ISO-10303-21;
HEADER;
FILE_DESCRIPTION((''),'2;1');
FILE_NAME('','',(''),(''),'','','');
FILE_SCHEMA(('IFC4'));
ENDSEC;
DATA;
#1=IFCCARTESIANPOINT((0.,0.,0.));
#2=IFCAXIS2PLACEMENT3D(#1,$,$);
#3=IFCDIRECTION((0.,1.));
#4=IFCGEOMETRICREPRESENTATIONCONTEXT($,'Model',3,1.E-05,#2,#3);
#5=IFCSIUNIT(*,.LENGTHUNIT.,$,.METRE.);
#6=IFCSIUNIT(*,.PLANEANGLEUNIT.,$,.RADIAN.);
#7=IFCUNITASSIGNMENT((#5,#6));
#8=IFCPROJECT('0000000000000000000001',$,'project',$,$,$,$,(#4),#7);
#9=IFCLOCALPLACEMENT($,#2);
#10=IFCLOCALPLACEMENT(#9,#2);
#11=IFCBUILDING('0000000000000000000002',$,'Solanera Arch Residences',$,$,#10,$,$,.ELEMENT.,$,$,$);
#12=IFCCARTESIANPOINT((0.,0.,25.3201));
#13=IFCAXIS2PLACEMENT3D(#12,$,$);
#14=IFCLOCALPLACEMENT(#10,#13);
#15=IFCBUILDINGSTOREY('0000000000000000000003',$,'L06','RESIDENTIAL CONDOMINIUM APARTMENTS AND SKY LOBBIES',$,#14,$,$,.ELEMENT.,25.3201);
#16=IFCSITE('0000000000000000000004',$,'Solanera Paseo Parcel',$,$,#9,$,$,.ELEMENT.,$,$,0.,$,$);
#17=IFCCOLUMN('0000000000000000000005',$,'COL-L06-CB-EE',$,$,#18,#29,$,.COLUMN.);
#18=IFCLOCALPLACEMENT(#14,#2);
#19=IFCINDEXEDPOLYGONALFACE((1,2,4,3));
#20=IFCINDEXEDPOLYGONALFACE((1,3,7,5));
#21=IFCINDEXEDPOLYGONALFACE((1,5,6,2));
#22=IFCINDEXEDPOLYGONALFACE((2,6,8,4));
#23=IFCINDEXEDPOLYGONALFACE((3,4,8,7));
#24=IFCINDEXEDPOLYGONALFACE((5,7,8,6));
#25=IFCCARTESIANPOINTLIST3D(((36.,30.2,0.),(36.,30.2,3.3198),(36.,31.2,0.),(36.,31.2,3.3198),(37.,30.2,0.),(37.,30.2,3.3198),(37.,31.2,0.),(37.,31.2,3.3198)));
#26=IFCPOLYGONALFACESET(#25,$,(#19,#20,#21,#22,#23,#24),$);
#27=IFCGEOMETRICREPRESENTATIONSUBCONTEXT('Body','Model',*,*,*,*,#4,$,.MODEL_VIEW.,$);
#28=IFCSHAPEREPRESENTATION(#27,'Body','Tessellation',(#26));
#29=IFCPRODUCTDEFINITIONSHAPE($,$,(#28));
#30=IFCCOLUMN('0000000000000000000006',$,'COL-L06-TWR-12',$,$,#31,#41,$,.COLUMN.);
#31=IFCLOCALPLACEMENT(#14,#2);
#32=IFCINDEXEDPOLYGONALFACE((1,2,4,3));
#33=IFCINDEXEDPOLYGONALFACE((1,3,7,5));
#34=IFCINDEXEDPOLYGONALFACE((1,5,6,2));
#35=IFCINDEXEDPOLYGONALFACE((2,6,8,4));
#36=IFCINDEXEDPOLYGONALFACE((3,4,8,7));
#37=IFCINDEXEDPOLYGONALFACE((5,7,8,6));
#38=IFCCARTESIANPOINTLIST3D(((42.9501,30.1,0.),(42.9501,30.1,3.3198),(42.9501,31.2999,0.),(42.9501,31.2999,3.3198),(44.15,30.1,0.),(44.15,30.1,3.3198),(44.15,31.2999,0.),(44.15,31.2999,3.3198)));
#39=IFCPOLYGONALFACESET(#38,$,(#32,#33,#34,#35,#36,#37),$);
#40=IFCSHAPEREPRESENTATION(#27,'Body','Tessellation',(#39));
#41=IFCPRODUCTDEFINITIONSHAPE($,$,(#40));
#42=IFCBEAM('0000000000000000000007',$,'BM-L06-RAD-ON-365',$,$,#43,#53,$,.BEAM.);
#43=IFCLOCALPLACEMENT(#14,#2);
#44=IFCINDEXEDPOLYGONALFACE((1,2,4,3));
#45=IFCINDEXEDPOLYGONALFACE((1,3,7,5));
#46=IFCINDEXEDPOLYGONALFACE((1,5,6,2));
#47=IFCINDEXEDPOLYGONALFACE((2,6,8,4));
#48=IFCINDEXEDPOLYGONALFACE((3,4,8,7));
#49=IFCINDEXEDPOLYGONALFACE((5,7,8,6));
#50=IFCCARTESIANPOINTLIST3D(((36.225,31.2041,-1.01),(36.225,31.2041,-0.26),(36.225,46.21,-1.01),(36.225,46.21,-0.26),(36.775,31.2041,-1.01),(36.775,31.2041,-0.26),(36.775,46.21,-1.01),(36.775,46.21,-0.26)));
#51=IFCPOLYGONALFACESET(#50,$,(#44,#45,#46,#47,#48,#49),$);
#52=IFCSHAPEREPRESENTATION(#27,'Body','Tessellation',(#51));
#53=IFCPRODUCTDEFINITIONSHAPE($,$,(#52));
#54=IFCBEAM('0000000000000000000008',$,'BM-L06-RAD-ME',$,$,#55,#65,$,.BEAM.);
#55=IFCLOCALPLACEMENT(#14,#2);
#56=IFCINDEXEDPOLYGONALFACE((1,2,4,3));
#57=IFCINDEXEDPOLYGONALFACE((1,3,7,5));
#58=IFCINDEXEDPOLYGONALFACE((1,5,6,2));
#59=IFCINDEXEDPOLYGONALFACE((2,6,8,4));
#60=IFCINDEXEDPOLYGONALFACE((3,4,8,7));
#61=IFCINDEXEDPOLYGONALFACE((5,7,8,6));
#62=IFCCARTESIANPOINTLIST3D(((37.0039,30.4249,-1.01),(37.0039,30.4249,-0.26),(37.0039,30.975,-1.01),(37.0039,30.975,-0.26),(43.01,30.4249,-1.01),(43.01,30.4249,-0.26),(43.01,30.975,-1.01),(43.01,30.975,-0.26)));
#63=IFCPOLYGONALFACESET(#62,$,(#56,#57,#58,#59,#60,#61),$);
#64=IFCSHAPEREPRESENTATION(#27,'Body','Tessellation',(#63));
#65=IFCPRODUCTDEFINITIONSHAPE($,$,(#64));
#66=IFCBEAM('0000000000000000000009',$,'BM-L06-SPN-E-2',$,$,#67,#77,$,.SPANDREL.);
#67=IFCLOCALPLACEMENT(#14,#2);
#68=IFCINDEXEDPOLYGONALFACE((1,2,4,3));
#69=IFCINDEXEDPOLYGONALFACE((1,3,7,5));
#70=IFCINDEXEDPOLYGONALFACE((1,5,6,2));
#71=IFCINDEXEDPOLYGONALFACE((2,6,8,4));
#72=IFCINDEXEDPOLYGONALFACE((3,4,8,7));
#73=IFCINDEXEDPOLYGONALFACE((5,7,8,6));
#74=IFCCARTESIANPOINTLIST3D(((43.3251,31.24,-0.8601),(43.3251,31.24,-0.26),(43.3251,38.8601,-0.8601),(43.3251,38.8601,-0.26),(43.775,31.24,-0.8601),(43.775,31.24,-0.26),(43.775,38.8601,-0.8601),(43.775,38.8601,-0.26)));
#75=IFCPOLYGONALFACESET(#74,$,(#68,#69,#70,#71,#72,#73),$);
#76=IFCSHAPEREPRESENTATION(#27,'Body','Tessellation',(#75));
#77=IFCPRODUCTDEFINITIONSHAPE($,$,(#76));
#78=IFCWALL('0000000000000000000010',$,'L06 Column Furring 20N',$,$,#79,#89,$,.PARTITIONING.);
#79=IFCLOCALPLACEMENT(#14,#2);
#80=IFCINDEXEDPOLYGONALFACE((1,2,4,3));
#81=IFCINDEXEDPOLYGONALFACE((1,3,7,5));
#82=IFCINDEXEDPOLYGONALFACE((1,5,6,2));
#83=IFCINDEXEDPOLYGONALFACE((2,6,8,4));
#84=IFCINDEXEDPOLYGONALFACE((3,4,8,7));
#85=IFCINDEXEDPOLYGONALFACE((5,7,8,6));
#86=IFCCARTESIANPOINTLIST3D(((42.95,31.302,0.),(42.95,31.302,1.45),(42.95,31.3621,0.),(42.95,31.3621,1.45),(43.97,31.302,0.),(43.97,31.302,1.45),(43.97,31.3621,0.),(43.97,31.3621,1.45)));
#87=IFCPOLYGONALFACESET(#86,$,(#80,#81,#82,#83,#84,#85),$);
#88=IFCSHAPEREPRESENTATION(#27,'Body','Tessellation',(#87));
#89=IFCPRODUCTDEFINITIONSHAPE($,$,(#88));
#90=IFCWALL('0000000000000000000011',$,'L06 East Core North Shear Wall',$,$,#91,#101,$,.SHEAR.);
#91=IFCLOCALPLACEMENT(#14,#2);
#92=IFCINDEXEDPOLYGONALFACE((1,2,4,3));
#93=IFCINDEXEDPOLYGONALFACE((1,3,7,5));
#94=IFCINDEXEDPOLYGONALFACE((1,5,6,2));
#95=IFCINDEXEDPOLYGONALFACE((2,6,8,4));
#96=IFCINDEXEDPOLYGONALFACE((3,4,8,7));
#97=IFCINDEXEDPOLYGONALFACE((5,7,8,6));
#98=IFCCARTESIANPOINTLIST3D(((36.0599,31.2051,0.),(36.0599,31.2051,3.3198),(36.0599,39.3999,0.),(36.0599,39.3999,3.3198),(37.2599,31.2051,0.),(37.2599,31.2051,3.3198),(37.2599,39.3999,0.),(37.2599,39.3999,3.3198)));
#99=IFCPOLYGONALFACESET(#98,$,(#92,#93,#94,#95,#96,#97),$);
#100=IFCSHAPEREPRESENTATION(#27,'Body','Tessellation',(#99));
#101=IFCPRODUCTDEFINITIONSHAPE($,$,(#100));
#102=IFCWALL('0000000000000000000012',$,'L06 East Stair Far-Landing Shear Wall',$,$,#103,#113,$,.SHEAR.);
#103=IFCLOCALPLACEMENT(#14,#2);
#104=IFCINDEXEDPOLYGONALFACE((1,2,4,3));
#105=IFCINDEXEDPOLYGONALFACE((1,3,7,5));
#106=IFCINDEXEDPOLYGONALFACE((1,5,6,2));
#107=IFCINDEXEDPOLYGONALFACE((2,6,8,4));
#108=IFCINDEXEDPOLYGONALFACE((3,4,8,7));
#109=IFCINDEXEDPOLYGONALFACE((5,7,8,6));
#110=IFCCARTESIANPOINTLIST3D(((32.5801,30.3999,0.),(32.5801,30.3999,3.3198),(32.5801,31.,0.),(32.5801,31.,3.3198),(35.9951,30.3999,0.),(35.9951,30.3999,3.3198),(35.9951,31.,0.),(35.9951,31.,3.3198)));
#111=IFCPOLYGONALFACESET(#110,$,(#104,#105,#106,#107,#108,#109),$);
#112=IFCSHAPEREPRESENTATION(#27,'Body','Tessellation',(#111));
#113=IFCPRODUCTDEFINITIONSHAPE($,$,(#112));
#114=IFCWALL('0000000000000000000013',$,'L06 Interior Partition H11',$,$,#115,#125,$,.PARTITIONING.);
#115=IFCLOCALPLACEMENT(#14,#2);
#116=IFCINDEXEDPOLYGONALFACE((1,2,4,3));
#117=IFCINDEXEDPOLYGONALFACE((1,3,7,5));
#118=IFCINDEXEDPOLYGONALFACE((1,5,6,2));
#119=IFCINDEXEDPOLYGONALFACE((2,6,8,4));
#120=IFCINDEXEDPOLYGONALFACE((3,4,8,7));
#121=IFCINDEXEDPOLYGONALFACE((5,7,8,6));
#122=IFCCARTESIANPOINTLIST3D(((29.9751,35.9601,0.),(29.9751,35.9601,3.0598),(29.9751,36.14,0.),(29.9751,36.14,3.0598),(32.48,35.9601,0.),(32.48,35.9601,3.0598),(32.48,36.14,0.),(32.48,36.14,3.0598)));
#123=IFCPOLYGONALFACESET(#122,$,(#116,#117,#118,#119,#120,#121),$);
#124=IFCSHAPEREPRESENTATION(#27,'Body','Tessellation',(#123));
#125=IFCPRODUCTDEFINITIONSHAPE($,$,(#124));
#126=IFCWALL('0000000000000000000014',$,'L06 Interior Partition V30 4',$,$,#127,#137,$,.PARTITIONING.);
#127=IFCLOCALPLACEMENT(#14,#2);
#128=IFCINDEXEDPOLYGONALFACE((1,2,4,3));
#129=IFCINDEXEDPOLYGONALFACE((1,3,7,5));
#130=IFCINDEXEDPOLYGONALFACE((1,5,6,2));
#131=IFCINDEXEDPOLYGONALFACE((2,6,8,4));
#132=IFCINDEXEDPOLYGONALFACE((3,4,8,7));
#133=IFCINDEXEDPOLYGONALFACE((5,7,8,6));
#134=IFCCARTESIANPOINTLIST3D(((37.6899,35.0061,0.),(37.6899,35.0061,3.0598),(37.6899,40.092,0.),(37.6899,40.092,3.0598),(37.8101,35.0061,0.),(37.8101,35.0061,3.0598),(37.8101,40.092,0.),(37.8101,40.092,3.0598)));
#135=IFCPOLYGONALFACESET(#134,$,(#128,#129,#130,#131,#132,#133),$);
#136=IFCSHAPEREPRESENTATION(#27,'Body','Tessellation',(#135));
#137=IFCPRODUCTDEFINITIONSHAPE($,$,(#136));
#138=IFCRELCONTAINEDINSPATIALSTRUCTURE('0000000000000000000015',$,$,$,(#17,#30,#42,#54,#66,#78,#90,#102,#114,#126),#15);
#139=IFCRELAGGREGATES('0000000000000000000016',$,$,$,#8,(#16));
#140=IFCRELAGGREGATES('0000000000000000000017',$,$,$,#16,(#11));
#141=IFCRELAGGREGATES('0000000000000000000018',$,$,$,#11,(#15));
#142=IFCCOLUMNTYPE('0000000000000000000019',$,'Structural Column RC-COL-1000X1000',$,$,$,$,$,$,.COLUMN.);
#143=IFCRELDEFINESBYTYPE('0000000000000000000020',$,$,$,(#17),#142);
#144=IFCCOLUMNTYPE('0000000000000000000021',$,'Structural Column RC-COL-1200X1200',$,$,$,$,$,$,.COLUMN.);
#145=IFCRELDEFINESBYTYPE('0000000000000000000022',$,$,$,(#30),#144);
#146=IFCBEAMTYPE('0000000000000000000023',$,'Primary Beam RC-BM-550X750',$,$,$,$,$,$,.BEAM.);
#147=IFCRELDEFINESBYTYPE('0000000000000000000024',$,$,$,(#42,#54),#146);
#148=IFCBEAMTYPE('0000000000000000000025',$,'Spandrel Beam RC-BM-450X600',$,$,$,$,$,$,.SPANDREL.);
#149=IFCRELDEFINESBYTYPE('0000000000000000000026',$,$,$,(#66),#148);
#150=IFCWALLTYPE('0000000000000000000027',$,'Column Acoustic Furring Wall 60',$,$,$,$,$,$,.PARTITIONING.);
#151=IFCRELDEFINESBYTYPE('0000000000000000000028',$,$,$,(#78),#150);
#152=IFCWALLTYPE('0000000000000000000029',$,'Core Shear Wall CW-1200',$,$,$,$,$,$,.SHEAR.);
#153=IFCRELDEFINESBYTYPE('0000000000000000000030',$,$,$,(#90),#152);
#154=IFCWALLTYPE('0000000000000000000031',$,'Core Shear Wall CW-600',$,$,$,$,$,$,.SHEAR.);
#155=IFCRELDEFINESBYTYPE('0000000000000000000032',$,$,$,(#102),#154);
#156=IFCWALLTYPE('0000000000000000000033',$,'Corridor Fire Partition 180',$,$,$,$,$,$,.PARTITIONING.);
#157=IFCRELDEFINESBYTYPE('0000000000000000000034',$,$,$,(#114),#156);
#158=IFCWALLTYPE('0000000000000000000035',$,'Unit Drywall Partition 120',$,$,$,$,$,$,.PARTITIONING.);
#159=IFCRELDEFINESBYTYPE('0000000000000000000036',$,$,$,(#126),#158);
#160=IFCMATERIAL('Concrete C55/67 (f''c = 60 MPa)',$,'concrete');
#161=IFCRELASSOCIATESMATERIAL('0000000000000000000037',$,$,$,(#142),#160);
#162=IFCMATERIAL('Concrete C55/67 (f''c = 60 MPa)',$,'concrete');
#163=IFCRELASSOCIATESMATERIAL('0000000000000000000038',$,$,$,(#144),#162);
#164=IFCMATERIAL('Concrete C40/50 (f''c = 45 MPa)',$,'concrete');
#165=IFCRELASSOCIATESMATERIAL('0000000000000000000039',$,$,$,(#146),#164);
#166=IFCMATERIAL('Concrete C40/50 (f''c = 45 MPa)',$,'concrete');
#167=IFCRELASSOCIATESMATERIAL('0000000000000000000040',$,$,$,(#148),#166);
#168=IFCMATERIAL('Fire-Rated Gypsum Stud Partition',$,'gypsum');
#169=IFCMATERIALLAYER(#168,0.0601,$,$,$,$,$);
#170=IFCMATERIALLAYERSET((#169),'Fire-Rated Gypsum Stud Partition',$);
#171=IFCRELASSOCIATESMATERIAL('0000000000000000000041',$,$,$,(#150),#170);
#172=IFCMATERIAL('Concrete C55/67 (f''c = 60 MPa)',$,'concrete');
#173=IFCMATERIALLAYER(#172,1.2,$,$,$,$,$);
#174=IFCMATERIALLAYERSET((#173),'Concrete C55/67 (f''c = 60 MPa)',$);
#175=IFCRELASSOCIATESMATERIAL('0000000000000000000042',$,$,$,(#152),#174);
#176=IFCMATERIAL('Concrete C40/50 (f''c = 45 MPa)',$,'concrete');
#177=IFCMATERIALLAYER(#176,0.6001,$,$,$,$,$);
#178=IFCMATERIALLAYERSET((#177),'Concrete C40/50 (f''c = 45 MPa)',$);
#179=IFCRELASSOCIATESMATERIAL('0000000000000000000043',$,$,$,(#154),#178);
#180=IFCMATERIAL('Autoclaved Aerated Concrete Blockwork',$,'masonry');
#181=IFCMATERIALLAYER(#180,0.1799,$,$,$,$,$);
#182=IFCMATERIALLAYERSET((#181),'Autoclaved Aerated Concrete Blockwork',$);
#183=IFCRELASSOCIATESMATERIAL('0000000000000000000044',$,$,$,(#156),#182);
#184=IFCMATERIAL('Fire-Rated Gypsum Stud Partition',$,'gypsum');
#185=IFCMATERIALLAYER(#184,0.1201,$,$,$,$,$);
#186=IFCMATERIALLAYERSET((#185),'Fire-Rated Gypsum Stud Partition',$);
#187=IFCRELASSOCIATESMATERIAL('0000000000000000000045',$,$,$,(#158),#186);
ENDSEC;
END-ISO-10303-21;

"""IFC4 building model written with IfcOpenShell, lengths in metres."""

from ifc_helpers import new_model, si_unit, direction, frame, frame_2d, origin, origin_2d, place, context, subcontext, project, spatial, rectangle, extrude, material, layer, layer_set, material_profile, profile_set, type_object, element, save


model = new_model("IFC4")

# Units and contexts
model_context = context("Model", 3, precision=1e-05, world=origin(), true_north=direction((0.0, 1.0)))
body_context = subcontext(model_context, "Body", "Model", "MODEL_VIEW")
ifc_project = project(units=[si_unit("LENGTHUNIT", "METRE"), si_unit("PLANEANGLEUNIT", "RADIAN")], contexts=[model_context])

# Site, building, storey
site_placement = place(None, origin())
site = spatial("IfcSite", under=ifc_project, at=site_placement, Name="Solanera Paseo Parcel", CompositionType="ELEMENT", RefElevation=0.0)
building_placement = place(site_placement, origin())
building = spatial("IfcBuilding", under=site, at=building_placement, Name="Solanera Arch Residences", CompositionType="ELEMENT")
storey_placement = place(building_placement, frame((0.0, 0.0, 25.3201)))
storey = spatial("IfcBuildingStorey", under=building, at=storey_placement, Name="L06", Description="RESIDENTIAL CONDOMINIUM APARTMENTS AND SKY LOBBIES", CompositionType="ELEMENT", Elevation=25.3201)

# Columns
ifc_material_1 = material(Name="Concrete C55/67 (f'c = 60 MPa)", Category="concrete")
ifc_material_profile_1 = material_profile(ifc_material_1, rectangle(XDim=1.0, YDim=1.0, at=origin_2d()))
ifc_profile_set_1 = profile_set([ifc_material_profile_1], Name="Concrete C55/67 (f'c = 60 MPa)")
column_type_1 = type_object("IfcColumnType", Name="Structural Column RC-COL-1000X1000", PredefinedType="COLUMN", material=ifc_profile_set_1)
column_1_placement = place(storey_placement, frame((36.5, 30.7, 0.0), z_axis=(0.0, 0.0, 1.0), x_axis=(1.0, 0.0, 0.0)))
element("IfcColumn", 1, at=column_1_placement, inside=storey, type_object=column_type_1, Name="COL-L06-CB-EE", PredefinedType="COLUMN", context=body_context, shape_type="SweptSolid", body=[
    extrude(rectangle(XDim=1.0, YDim=1.0, at=origin_2d()), origin(), (0.0, 0.0, 1.0), 3.3198),
])
ifc_material_2 = material(Name="Concrete C55/67 (f'c = 60 MPa)", Category="concrete")
ifc_material_profile_2 = material_profile(ifc_material_2, rectangle(XDim=1.2, YDim=1.2, at=origin_2d()))
ifc_profile_set_2 = profile_set([ifc_material_profile_2], Name="Concrete C55/67 (f'c = 60 MPa)")
column_type_2 = type_object("IfcColumnType", Name="Structural Column RC-COL-1200X1200", PredefinedType="COLUMN", material=ifc_profile_set_2)
column_2_placement = place(storey_placement, frame((43.55, 30.7, 0.0), z_axis=(0.0, 0.0, 1.0), x_axis=(1.0, 0.0, 0.0)))
element("IfcColumn", 2, at=column_2_placement, inside=storey, type_object=column_type_2, Name="COL-L06-TWR-12", PredefinedType="COLUMN", context=body_context, shape_type="SweptSolid", body=[
    extrude(rectangle(XDim=1.2, YDim=1.2, at=origin_2d()), origin(), (0.0, 0.0, 1.0), 3.3198),
])

# Beams
ifc_material_3 = material(Name="Concrete C40/50 (f'c = 45 MPa)", Category="concrete")
ifc_material_profile_3 = material_profile(ifc_material_3, rectangle(XDim=0.55, YDim=0.75, at=origin_2d()))
ifc_profile_set_3 = profile_set([ifc_material_profile_3], Name="Concrete C40/50 (f'c = 45 MPa)")
beam_type_1 = type_object("IfcBeamType", Name="Primary Beam RC-BM-550X750", PredefinedType="BEAM", material=ifc_profile_set_3)
beam_1_placement = place(storey_placement, frame((36.5, 31.2041, -0.635), z_axis=(0.0, 1.0, 0.0), x_axis=(-1.0, 0.0, 0.0)))
element("IfcBeam", 3, at=beam_1_placement, inside=storey, type_object=beam_type_1, Name="BM-L06-RAD-ON-365", PredefinedType="BEAM", context=body_context, shape_type="SweptSolid", body=[
    extrude(rectangle(XDim=0.55, YDim=0.75, at=origin_2d()), origin(), (0.0, 0.0, 1.0), 15.0059),
])
beam_2_placement = place(storey_placement, frame((37.0039, 30.7, -0.635), z_axis=(1.0, 0.0, 0.0), x_axis=(0.0, 1.0, 0.0)))
element("IfcBeam", 4, at=beam_2_placement, inside=storey, type_object=beam_type_1, Name="BM-L06-RAD-ME", PredefinedType="BEAM", context=body_context, shape_type="SweptSolid", body=[
    extrude(rectangle(XDim=0.55, YDim=0.75, at=origin_2d()), origin(), (0.0, 0.0, 1.0), 6.0061),
])
ifc_material_4 = material(Name="Concrete C40/50 (f'c = 45 MPa)", Category="concrete")
ifc_material_profile_4 = material_profile(ifc_material_4, rectangle(XDim=0.45, YDim=0.6001, at=origin_2d()))
ifc_profile_set_4 = profile_set([ifc_material_profile_4], Name="Concrete C40/50 (f'c = 45 MPa)")
beam_type_2 = type_object("IfcBeamType", Name="Spandrel Beam RC-BM-450X600", PredefinedType="SPANDREL", material=ifc_profile_set_4)
beam_3_placement = place(storey_placement, frame((43.55, 31.24, -0.5601), z_axis=(0.0, 1.0, 0.0), x_axis=(-1.0, 0.0, 0.0)))
element("IfcBeam", 5, at=beam_3_placement, inside=storey, type_object=beam_type_2, Name="BM-L06-SPN-E-2", PredefinedType="SPANDREL", context=body_context, shape_type="SweptSolid", body=[
    extrude(rectangle(XDim=0.45, YDim=0.6001, at=origin_2d()), origin(), (0.0, 0.0, 1.0), 7.6201),
])

# Walls
ifc_material_5 = material(Name="Fire-Rated Gypsum Stud Partition", Category="gypsum")
ifc_layer_1 = layer(ifc_material_5, 0.0601)
ifc_layer_set_1 = layer_set([ifc_layer_1], Name="Fire-Rated Gypsum Stud Partition")
wall_type_1 = type_object("IfcWallType", Name="Column Acoustic Furring Wall 60", PredefinedType="PARTITIONING", material=ifc_layer_set_1)
wall_1_placement = place(storey_placement, frame((42.95, 31.332, 0.0), z_axis=(0.0, 0.0, 1.0), x_axis=(1.0, 0.0, 0.0)))
element("IfcWall", 6, at=wall_1_placement, inside=storey, type_object=wall_type_1, Name="L06 Column Furring 20N", PredefinedType="PARTITIONING", context=body_context, shape_type="SweptSolid", body=[
    extrude(rectangle(XDim=1.02, YDim=0.0601, at=frame_2d((0.51, 0.0))), origin(), (0.0, 0.0, 1.0), 1.45),
])
ifc_material_6 = material(Name="Concrete C55/67 (f'c = 60 MPa)", Category="concrete")
ifc_layer_2 = layer(ifc_material_6, 1.2)
ifc_layer_set_2 = layer_set([ifc_layer_2], Name="Concrete C55/67 (f'c = 60 MPa)")
wall_type_2 = type_object("IfcWallType", Name="Core Shear Wall CW-1200", PredefinedType="SHEAR", material=ifc_layer_set_2)
wall_2_placement = place(storey_placement, frame((36.6599, 31.2051, 0.0), z_axis=(0.0, 0.0, 1.0), x_axis=(0.0, 1.0, 0.0)))
element("IfcWall", 7, at=wall_2_placement, inside=storey, type_object=wall_type_2, Name="L06 East Core North Shear Wall", PredefinedType="SHEAR", context=body_context, shape_type="SweptSolid", body=[
    extrude(rectangle(XDim=8.1948, YDim=1.2, at=frame_2d((4.0974, 0.0))), origin(), (0.0, 0.0, 1.0), 3.3198),
])

# Walls
ifc_material_7 = material(Name="Concrete C40/50 (f'c = 45 MPa)", Category="concrete")
ifc_layer_3 = layer(ifc_material_7, 0.6001)
ifc_layer_set_3 = layer_set([ifc_layer_3], Name="Concrete C40/50 (f'c = 45 MPa)")
wall_type_3 = type_object("IfcWallType", Name="Core Shear Wall CW-600", PredefinedType="SHEAR", material=ifc_layer_set_3)
wall_3_placement = place(storey_placement, frame((32.5801, 30.7, 0.0), z_axis=(0.0, 0.0, 1.0), x_axis=(1.0, 0.0, 0.0)))
element("IfcWall", 8, at=wall_3_placement, inside=storey, type_object=wall_type_3, Name="L06 East Stair Far-Landing Shear Wall", PredefinedType="SHEAR", context=body_context, shape_type="SweptSolid", body=[
    extrude(rectangle(XDim=3.415, YDim=0.6001, at=frame_2d((1.7075, 0.0))), origin(), (0.0, 0.0, 1.0), 3.3198),
])
ifc_material_8 = material(Name="Autoclaved Aerated Concrete Blockwork", Category="masonry")
ifc_layer_4 = layer(ifc_material_8, 0.1799)
ifc_layer_set_4 = layer_set([ifc_layer_4], Name="Autoclaved Aerated Concrete Blockwork")
wall_type_4 = type_object("IfcWallType", Name="Corridor Fire Partition 180", PredefinedType="PARTITIONING", material=ifc_layer_set_4)
wall_4_placement = place(storey_placement, frame((29.9751, 36.05, 0.0), z_axis=(0.0, 0.0, 1.0), x_axis=(1.0, 0.0, 0.0)))
element("IfcWall", 9, at=wall_4_placement, inside=storey, type_object=wall_type_4, Name="L06 Interior Partition H11", PredefinedType="PARTITIONING", context=body_context, shape_type="SweptSolid", body=[
    extrude(rectangle(XDim=2.5049, YDim=0.1799, at=frame_2d((1.2524, 0.0))), origin(), (0.0, 0.0, 1.0), 3.0598),
])
ifc_material_9 = material(Name="Fire-Rated Gypsum Stud Partition", Category="gypsum")
ifc_layer_5 = layer(ifc_material_9, 0.1201)
ifc_layer_set_5 = layer_set([ifc_layer_5], Name="Fire-Rated Gypsum Stud Partition")
wall_type_5 = type_object("IfcWallType", Name="Unit Drywall Partition 120", PredefinedType="PARTITIONING", material=ifc_layer_set_5)
wall_5_placement = place(storey_placement, frame((37.75, 35.0061, 0.0), z_axis=(0.0, 0.0, 1.0), x_axis=(0.0, 1.0, 0.0)))
element("IfcWall", 10, at=wall_5_placement, inside=storey, type_object=wall_type_5, Name="L06 Interior Partition V30 4", PredefinedType="PARTITIONING", context=body_context, shape_type="SweptSolid", body=[
    extrude(rectangle(XDim=5.0859, YDim=0.1201, at=frame_2d((2.543, 0.0))), origin(), (0.0, 0.0, 1.0), 3.0598),
])

save(model, "model.ifc")
